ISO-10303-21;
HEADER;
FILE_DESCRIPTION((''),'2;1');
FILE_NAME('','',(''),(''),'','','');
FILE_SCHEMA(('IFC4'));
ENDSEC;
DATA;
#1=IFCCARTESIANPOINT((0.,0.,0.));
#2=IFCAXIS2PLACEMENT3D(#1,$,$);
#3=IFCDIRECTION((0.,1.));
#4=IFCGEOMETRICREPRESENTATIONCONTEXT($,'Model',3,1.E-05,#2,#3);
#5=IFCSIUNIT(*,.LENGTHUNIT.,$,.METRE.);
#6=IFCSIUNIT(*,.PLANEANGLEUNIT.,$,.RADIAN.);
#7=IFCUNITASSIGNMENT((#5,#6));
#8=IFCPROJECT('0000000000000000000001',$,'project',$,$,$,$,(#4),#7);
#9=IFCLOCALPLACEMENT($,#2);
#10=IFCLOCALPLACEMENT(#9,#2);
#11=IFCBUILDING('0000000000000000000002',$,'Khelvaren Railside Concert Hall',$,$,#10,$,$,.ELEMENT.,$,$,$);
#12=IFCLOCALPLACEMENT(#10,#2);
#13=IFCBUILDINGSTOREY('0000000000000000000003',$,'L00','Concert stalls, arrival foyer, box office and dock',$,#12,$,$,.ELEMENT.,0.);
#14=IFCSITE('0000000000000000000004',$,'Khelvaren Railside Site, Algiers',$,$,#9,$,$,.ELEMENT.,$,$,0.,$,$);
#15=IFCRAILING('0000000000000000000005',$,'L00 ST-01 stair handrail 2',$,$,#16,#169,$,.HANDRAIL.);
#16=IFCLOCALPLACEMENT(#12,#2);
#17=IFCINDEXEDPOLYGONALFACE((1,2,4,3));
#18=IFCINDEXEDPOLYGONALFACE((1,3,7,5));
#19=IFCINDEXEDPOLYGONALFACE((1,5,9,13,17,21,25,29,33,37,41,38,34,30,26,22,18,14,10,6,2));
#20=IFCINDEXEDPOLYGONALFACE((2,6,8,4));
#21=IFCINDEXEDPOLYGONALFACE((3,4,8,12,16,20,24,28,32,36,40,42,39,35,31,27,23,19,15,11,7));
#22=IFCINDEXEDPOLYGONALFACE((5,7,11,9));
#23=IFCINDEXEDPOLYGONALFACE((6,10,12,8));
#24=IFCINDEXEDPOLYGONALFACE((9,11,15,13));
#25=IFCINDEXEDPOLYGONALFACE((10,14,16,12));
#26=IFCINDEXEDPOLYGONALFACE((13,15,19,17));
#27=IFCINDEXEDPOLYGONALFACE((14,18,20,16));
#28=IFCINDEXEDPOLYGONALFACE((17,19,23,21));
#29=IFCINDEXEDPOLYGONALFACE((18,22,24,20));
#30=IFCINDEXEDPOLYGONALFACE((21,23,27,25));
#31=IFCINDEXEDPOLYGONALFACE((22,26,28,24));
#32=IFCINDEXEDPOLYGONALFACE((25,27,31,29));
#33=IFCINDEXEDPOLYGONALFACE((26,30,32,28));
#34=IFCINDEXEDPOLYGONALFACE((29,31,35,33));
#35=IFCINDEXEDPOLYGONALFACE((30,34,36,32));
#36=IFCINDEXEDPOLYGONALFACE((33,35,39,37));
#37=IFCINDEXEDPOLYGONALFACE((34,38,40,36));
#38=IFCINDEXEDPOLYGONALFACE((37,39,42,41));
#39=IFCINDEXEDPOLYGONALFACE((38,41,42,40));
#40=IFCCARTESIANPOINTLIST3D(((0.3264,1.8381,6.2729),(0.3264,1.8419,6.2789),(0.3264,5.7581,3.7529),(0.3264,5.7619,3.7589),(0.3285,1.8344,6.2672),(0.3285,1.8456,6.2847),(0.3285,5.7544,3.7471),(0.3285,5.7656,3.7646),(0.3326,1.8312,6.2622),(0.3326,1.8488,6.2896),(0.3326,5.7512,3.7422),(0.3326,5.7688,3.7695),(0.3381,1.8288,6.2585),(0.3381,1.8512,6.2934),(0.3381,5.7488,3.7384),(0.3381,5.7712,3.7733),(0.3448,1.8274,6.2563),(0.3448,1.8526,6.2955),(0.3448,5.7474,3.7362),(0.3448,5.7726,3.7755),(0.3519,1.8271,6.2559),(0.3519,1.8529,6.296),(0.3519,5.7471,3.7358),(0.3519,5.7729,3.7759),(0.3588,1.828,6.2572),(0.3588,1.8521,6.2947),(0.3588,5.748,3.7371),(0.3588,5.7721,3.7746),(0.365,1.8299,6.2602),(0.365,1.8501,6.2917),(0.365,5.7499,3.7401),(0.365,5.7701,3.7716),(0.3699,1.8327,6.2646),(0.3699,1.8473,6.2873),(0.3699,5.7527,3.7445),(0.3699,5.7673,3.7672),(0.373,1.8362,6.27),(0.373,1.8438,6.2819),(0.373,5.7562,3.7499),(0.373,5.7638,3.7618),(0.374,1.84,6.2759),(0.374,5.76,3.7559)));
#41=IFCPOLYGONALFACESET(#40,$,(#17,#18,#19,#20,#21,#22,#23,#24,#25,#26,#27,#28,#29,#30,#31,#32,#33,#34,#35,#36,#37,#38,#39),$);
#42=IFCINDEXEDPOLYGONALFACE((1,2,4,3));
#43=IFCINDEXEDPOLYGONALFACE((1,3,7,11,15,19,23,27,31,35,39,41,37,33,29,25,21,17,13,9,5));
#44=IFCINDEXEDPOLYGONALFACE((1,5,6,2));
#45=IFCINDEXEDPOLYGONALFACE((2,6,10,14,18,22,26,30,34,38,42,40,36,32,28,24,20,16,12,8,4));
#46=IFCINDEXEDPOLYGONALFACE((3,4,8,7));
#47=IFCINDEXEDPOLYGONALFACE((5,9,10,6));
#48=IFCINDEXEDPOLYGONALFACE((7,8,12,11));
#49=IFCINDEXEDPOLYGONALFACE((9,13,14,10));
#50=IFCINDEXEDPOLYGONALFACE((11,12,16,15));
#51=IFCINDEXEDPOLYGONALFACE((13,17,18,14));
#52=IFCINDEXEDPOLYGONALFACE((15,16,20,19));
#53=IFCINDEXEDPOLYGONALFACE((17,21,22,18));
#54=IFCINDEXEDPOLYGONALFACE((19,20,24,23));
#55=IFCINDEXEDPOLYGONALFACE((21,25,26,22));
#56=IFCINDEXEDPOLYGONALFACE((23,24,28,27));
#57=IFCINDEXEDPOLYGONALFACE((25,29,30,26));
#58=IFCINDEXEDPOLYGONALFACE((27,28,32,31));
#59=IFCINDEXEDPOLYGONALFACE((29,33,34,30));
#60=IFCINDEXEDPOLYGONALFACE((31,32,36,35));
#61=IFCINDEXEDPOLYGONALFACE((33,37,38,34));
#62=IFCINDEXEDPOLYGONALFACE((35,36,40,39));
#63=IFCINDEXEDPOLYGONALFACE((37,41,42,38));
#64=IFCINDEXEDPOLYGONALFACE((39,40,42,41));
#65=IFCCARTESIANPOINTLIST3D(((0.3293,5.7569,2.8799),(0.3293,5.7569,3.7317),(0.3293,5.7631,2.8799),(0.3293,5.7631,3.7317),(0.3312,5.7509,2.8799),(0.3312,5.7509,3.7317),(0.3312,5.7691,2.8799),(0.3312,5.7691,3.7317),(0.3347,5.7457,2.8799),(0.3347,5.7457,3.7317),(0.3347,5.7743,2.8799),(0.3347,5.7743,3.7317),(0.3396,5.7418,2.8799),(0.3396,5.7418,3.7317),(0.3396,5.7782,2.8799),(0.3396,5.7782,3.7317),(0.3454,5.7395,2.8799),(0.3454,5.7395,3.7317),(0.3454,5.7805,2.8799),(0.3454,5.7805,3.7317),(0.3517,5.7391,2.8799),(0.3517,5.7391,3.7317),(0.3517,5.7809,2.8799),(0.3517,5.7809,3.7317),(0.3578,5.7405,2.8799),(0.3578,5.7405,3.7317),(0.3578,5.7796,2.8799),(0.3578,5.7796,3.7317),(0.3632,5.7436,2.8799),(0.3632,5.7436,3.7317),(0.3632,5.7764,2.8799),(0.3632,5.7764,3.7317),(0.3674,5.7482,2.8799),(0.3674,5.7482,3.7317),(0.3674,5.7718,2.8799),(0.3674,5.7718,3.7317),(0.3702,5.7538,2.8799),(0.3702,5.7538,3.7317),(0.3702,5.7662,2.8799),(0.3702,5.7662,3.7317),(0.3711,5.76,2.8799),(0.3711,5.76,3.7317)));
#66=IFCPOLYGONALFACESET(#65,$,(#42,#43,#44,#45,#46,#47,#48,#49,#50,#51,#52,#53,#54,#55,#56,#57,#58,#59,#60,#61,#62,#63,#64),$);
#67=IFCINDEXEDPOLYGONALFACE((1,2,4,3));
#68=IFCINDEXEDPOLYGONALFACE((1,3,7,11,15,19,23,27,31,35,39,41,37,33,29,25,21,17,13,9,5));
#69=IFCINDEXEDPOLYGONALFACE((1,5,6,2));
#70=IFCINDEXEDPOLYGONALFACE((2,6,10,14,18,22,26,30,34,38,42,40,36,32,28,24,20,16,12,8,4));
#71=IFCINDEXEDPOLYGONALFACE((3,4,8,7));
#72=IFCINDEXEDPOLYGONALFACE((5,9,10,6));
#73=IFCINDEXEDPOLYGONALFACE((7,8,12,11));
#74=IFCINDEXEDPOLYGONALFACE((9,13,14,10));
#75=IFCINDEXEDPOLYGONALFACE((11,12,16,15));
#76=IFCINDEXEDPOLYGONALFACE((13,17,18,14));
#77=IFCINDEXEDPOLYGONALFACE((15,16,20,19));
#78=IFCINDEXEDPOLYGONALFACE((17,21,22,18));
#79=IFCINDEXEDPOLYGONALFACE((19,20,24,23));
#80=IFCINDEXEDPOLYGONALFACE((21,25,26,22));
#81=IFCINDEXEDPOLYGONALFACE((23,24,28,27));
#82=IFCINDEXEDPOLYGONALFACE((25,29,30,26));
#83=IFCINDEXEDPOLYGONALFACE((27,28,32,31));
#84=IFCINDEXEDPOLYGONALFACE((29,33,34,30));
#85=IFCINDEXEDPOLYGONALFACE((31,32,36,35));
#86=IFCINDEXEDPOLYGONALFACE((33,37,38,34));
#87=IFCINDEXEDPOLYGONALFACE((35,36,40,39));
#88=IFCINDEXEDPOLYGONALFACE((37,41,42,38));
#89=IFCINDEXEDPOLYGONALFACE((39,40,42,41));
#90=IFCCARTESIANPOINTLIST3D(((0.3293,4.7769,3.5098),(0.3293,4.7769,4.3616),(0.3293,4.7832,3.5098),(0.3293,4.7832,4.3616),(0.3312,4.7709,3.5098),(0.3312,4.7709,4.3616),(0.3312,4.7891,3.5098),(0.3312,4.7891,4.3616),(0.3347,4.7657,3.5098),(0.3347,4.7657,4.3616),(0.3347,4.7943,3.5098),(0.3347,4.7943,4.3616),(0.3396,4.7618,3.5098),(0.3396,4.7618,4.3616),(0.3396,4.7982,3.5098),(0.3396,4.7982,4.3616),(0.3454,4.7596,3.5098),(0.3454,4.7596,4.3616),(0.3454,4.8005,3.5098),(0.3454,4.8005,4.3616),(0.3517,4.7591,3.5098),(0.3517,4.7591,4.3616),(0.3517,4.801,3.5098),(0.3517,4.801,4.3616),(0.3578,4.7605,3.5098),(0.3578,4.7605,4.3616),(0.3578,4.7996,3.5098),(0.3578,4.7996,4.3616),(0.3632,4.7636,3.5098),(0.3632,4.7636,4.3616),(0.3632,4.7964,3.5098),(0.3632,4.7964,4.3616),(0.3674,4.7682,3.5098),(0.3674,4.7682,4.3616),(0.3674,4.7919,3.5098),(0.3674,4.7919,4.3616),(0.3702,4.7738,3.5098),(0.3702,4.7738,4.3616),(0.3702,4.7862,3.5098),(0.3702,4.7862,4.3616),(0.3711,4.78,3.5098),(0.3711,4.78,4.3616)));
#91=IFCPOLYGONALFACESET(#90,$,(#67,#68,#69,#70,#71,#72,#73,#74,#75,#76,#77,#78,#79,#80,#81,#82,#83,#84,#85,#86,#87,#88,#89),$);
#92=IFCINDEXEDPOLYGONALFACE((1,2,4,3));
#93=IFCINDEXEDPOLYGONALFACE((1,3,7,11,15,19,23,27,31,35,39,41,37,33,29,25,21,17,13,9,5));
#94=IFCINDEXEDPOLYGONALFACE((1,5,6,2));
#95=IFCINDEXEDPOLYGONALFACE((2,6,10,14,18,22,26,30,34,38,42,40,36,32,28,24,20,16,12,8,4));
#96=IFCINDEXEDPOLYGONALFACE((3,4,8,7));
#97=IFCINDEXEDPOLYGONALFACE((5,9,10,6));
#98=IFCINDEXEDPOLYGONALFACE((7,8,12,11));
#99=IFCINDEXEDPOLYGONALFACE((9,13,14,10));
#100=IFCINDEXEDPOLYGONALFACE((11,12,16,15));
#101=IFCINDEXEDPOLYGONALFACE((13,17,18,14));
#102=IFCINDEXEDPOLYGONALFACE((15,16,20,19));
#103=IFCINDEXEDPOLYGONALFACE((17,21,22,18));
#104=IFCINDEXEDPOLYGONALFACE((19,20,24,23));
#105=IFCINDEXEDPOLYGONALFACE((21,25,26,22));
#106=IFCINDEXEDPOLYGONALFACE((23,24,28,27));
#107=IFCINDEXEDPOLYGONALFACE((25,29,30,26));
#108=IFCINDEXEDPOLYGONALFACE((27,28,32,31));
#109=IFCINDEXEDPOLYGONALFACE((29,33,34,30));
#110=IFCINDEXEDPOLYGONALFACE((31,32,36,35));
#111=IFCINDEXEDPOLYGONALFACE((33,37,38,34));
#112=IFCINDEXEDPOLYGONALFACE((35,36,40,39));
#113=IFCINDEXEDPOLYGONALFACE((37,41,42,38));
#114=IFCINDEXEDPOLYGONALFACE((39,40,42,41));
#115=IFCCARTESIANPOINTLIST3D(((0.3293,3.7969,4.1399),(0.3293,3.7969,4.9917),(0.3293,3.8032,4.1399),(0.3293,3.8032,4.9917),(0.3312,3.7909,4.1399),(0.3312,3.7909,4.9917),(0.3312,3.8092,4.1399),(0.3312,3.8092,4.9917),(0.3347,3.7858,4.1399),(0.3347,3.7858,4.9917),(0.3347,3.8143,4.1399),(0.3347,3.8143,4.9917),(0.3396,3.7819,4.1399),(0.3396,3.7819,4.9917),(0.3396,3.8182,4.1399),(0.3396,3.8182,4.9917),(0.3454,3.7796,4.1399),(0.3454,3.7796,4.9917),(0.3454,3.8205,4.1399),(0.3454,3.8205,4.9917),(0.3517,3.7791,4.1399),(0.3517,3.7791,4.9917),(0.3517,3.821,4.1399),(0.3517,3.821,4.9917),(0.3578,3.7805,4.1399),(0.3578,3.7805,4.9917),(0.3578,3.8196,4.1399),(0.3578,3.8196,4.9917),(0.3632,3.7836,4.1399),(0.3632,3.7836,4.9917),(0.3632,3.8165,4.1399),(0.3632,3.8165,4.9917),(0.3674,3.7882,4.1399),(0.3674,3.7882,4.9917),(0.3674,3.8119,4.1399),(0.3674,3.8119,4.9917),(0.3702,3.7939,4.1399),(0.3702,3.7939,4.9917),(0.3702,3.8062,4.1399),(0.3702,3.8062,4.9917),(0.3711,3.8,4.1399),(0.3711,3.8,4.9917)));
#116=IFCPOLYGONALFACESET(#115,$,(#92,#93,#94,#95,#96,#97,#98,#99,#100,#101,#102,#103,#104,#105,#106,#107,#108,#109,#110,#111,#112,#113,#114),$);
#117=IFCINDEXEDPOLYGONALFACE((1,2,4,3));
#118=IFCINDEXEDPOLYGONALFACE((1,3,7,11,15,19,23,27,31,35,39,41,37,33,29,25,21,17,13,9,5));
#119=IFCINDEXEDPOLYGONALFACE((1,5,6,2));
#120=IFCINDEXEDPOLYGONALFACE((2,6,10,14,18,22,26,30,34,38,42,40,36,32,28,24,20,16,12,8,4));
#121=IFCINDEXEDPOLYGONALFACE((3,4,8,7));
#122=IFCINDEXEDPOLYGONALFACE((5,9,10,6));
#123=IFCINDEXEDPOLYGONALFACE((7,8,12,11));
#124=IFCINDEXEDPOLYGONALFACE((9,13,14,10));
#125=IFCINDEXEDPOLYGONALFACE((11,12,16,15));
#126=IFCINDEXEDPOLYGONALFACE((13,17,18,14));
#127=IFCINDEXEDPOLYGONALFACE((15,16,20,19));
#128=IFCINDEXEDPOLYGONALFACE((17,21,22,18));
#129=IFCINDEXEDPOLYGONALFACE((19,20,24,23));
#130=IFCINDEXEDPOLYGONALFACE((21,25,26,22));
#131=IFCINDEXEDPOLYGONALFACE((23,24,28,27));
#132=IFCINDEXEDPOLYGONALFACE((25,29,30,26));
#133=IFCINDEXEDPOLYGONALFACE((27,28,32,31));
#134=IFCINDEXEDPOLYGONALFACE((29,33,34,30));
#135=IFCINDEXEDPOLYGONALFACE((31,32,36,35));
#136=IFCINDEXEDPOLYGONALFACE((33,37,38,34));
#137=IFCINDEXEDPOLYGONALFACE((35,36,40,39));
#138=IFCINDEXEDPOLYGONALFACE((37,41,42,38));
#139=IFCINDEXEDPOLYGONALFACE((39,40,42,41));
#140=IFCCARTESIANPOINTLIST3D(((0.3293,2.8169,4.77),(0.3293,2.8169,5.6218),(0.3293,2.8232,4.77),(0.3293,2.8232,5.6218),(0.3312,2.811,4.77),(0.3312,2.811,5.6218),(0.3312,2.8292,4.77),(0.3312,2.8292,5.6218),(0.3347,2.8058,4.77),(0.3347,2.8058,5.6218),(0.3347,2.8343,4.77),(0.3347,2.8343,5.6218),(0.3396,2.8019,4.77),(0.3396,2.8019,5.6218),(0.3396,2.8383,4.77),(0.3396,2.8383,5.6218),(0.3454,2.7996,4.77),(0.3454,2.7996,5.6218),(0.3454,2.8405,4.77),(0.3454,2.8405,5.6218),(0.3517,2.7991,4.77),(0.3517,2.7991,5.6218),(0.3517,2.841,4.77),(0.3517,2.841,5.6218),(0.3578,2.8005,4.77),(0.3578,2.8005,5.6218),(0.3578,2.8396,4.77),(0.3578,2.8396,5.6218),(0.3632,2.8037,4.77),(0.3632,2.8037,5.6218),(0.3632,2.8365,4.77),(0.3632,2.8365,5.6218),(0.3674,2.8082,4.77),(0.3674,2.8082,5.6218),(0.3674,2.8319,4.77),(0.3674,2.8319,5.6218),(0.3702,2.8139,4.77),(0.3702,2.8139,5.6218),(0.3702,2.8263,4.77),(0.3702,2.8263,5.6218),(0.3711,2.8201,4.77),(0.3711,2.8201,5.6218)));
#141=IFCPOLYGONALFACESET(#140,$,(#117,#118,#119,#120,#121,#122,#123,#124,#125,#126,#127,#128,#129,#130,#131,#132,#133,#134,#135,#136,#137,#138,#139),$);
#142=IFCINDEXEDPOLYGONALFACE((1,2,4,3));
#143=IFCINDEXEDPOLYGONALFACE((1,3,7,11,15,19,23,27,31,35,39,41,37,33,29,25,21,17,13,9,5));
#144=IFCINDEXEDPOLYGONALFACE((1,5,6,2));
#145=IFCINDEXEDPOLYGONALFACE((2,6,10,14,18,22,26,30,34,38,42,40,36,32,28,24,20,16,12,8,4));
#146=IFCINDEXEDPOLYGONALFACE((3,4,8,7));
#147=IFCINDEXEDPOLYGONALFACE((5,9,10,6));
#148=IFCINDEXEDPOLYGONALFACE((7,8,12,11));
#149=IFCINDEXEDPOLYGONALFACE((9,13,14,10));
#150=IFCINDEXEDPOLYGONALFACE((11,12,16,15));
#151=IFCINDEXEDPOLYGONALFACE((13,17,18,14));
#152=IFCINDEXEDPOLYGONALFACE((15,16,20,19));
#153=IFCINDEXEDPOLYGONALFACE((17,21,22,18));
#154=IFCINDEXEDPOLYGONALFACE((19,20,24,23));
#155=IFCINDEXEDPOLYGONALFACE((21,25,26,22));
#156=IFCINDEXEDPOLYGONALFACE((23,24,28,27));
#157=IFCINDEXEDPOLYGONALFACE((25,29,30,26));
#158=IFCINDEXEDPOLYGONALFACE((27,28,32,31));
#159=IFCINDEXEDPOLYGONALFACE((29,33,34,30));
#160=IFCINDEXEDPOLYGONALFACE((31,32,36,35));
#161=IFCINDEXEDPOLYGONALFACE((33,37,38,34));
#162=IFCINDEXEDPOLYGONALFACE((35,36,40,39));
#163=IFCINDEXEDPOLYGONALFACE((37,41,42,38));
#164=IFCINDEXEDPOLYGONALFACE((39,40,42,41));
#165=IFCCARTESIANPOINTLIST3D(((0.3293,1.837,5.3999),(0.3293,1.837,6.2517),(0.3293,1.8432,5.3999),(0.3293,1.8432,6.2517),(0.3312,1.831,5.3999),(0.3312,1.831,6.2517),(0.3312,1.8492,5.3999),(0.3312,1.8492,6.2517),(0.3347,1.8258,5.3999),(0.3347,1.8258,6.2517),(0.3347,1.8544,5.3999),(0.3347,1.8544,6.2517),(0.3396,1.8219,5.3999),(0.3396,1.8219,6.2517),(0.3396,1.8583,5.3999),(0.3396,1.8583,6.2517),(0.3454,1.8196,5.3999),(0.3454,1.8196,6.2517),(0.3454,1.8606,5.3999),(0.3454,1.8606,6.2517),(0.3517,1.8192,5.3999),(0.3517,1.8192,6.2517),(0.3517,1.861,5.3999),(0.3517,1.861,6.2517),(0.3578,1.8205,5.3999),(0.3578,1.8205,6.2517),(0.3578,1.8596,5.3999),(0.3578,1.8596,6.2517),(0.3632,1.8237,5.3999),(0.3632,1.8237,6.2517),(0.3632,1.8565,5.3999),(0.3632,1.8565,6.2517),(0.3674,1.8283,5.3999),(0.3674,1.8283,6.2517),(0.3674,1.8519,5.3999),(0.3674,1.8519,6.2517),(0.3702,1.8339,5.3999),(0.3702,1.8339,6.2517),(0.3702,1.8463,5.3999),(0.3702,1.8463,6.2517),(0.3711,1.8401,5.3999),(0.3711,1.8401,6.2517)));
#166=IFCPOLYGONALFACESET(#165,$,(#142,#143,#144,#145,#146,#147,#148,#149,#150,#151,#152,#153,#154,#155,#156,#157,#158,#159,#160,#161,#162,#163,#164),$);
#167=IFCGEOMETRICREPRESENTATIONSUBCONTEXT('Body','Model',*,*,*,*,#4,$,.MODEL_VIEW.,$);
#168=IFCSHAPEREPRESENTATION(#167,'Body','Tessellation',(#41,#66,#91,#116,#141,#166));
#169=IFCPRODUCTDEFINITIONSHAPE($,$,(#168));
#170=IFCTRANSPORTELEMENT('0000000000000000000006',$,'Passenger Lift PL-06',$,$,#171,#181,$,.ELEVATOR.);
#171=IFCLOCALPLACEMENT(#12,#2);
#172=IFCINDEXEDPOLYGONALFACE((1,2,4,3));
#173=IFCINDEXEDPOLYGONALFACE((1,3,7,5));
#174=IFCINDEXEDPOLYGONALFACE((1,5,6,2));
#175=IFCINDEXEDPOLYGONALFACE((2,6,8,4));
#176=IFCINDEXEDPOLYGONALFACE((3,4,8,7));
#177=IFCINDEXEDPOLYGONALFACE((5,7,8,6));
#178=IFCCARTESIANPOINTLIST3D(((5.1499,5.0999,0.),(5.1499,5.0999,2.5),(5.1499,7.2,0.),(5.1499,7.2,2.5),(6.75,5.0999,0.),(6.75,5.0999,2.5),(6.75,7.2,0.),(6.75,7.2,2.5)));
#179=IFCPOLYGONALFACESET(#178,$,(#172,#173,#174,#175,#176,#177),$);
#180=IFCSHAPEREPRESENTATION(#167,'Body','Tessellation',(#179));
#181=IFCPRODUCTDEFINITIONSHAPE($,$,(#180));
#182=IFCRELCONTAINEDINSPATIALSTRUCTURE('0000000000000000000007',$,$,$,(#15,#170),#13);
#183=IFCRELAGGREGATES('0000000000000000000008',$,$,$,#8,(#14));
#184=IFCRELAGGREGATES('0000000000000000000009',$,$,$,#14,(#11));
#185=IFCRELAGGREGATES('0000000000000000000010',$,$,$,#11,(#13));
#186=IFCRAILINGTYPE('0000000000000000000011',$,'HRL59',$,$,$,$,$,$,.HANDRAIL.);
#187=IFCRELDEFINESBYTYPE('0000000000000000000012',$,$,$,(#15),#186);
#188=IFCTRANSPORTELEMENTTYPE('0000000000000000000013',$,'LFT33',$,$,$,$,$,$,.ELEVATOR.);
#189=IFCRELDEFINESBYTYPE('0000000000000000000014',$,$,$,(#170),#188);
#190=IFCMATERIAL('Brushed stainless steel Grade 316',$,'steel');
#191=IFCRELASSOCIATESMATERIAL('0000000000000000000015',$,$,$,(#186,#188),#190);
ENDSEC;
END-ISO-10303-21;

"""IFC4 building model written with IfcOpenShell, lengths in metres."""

from ifc_helpers import new_model, si_unit, direction, frame, origin, origin_2d, place, context, subcontext, project, spatial, rectangle, circle, extrude, material, type_object, element, save


model = new_model("IFC4")

# Units and contexts
model_context = context("Model", 3, precision=1e-05, world=origin(), true_north=direction((0.0, 1.0)))
body_context = subcontext(model_context, "Body", "Model", "MODEL_VIEW")
ifc_project = project(units=[si_unit("LENGTHUNIT", "METRE"), si_unit("PLANEANGLEUNIT", "RADIAN")], contexts=[model_context])

# Site, building, storey
site_placement = place(None, origin())
site = spatial("IfcSite", under=ifc_project, at=site_placement, Name="Khelvaren Railside Site, Algiers", CompositionType="ELEMENT", RefElevation=0.0)
building_placement = place(site_placement, origin())
building = spatial("IfcBuilding", under=site, at=building_placement, Name="Khelvaren Railside Concert Hall", CompositionType="ELEMENT")
storey_placement = place(building_placement, origin())
storey = spatial("IfcBuildingStorey", under=building, at=storey_placement, Name="L00", Description="Concert stalls, arrival foyer, box office and dock", CompositionType="ELEMENT", Elevation=0.0)

# Railing
ifc_material_1 = material(Name="Brushed stainless steel Grade 316", Category="steel")
railing_type_1 = type_object("IfcRailingType", Name="HRL59", PredefinedType="HANDRAIL", material=ifc_material_1)
railing_1_placement = place(storey_placement, frame((0.3501, 5.76, 2.8799)))
element("IfcRailing", 1, at=railing_1_placement, inside=storey, type_object=railing_type_1, Name="L00 ST-01 stair handrail 2", PredefinedType="HANDRAIL", context=body_context, shape_type="SweptSolid", body=[
    extrude(circle(Radius=0.0239, at=origin_2d()), frame((0.0, 0.0, 0.876), z_axis=(0.0, -0.841172, 0.540768), x_axis=(1.0, 0.0, 0.0)), (0.0, 0.0, 1.0), 4.6602),
    extrude(circle(Radius=0.021, at=origin_2d()), origin(), (0.0, 0.0, 1.0), 0.8518),
    extrude(circle(Radius=0.021, at=origin_2d()), frame((0.0, -0.98, 0.6299)), (0.0, 0.0, 1.0), 0.8518),
    extrude(circle(Radius=0.021, at=origin_2d()), frame((0.0, -1.96, 1.26)), (0.0, 0.0, 1.0), 0.8518),
    extrude(circle(Radius=0.021, at=origin_2d()), frame((0.0, -2.9399, 1.8901)), (0.0, 0.0, 1.0), 0.8518),
    extrude(circle(Radius=0.021, at=origin_2d()), frame((0.0, -3.9199, 2.52)), (0.0, 0.0, 1.0), 0.8518),
])

# Transport element
transport_element_type = type_object("IfcTransportElementType", Name="LFT33", PredefinedType="ELEVATOR", material=ifc_material_1)
transport_element_placement = place(storey_placement, frame((5.95, 6.1499, 0.0), z_axis=(0.0, 0.0, 1.0), x_axis=(1.0, 0.0, 0.0)))
element("IfcTransportElement", 2, at=transport_element_placement, inside=storey, type_object=transport_element_type, Name="Passenger Lift PL-06", PredefinedType="ELEVATOR", context=body_context, shape_type="SweptSolid", body=[
    extrude(rectangle(XDim=1.6001, YDim=2.1001, at=origin_2d()), origin(), (0.0, 0.0, 1.0), 2.5),
])

save(model, "model.ifc")
